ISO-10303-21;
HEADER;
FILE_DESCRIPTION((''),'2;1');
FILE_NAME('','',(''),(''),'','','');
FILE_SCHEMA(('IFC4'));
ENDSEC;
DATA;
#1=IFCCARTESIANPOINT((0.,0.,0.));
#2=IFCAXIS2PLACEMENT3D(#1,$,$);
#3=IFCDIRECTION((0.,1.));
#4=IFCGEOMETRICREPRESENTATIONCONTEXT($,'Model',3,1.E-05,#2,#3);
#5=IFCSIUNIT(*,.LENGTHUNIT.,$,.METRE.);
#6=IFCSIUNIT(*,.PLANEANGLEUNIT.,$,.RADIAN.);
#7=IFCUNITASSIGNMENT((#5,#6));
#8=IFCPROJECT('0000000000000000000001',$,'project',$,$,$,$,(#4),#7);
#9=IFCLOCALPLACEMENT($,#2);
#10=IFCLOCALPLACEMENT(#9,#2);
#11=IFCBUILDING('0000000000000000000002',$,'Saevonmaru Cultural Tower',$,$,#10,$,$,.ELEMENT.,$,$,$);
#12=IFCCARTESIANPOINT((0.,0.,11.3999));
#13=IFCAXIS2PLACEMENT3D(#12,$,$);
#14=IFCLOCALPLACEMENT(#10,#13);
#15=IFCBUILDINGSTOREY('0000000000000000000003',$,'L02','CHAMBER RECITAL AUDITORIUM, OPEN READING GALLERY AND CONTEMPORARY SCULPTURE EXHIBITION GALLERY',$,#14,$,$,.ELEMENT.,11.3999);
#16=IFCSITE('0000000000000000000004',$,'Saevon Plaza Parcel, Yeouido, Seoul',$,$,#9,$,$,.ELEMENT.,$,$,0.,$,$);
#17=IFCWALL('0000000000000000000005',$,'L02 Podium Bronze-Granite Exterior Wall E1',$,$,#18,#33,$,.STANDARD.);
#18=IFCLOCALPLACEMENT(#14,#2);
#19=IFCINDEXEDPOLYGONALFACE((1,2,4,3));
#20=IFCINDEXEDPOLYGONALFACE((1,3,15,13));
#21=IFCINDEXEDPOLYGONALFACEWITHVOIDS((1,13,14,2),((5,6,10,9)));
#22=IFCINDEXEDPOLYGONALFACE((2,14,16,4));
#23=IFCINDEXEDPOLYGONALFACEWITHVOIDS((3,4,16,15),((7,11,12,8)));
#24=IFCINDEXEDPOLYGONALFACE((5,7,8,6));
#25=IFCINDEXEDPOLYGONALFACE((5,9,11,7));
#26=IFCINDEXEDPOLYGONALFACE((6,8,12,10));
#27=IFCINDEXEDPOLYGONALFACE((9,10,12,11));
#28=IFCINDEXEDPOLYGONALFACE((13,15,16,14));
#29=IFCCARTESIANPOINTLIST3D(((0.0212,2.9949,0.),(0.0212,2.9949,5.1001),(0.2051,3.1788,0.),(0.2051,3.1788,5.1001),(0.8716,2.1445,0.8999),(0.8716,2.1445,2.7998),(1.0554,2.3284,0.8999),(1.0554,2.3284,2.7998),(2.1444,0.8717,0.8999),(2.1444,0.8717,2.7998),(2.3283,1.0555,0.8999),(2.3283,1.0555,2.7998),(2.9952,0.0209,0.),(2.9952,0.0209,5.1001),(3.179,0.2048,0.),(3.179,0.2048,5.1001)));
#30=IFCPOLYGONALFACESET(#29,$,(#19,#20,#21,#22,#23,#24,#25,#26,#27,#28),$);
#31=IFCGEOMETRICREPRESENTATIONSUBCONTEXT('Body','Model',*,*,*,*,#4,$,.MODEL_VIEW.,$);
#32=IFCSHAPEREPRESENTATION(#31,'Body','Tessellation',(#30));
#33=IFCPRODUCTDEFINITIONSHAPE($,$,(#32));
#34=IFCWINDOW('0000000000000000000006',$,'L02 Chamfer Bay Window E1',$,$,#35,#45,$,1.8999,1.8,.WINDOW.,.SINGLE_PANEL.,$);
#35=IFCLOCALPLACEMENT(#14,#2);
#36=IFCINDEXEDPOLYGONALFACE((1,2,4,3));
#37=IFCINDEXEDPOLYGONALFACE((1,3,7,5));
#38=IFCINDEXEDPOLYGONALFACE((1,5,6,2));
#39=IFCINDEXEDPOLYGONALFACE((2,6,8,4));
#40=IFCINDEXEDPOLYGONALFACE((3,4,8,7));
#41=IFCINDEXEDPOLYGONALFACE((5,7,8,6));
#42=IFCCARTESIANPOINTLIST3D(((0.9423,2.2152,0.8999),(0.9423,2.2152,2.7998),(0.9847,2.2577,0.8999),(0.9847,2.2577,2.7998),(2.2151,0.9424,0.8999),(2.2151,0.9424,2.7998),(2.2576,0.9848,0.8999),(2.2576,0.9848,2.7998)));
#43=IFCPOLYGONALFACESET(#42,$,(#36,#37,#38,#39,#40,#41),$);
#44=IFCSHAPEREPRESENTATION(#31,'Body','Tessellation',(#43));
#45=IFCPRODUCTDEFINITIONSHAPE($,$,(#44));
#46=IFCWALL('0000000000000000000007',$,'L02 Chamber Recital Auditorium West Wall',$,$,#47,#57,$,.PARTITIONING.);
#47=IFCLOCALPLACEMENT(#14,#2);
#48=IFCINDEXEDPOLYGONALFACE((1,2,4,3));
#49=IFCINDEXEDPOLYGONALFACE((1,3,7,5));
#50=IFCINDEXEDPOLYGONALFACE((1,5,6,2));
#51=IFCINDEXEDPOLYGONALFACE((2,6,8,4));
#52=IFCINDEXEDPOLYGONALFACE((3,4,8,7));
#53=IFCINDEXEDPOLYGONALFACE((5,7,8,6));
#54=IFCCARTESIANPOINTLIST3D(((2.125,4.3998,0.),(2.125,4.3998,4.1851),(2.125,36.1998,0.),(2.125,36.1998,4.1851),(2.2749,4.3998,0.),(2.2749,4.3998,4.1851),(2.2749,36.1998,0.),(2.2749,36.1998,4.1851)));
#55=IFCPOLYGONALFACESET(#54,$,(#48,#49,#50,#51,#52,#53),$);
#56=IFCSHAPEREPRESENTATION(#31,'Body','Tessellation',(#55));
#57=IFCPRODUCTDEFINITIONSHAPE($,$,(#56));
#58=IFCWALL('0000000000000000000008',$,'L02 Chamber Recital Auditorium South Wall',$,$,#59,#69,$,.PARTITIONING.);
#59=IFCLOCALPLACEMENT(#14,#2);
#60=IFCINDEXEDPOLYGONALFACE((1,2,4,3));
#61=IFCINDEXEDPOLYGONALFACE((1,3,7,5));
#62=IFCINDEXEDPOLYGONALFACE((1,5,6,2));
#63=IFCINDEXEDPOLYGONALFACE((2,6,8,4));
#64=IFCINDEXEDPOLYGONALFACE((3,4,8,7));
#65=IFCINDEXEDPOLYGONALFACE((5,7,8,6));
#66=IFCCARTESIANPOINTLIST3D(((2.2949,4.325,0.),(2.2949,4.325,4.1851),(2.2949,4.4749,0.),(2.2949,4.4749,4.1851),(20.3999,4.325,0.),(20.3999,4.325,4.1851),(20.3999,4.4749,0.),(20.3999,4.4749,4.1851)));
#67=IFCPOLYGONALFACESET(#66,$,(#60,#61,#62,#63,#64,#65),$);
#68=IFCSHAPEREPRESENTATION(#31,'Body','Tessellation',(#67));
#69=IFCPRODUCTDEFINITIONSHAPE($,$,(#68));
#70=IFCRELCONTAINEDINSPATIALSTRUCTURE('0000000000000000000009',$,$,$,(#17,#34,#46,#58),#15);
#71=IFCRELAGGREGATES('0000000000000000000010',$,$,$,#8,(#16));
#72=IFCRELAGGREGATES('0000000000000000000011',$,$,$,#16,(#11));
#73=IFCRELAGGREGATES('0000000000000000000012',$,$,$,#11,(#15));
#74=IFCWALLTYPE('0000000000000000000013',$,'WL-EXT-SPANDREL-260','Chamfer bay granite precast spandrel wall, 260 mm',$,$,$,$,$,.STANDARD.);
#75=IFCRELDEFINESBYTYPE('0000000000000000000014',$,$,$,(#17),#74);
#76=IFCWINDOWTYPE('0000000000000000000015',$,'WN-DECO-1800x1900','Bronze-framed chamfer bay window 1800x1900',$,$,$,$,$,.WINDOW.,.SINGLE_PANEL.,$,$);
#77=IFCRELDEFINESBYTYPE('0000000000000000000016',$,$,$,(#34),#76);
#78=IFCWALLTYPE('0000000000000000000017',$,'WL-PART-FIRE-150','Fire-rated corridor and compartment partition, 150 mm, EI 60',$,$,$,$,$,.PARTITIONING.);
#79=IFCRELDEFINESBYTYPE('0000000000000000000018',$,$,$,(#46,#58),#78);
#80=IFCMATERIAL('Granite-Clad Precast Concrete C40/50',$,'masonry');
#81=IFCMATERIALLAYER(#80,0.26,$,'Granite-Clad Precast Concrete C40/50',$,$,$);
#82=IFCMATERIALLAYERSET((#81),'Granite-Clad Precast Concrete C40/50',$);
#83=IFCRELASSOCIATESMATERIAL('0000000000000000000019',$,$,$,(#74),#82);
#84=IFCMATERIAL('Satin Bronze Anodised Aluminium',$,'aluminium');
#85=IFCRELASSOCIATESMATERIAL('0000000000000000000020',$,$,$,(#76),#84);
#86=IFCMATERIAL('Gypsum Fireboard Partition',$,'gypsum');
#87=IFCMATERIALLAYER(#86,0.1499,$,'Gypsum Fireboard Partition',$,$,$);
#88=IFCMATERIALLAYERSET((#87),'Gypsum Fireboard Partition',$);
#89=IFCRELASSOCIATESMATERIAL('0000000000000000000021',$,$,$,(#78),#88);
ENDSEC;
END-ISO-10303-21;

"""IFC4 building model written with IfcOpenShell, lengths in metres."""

from ifc_helpers import new_model, si_unit, direction, frame, frame_2d, origin, place, context, subcontext, project, spatial, rectangle, extrude, material, layer, layer_set, type_object, element, fill, save


model = new_model("IFC4")

# Units and contexts
model_context = context("Model", 3, precision=1e-05, world=origin(), true_north=direction((0.0, 1.0)))
body_context = subcontext(model_context, "Body", "Model", "MODEL_VIEW")
ifc_project = project(units=[si_unit("LENGTHUNIT", "METRE"), si_unit("PLANEANGLEUNIT", "RADIAN")], contexts=[model_context])

# Site, building, storey
site_placement = place(None, origin())
site = spatial("IfcSite", under=ifc_project, at=site_placement, Name="Saevon Plaza Parcel, Yeouido, Seoul", CompositionType="ELEMENT", RefElevation=0.0)
building_placement = place(site_placement, origin())
building = spatial("IfcBuilding", under=site, at=building_placement, Name="Saevonmaru Cultural Tower", CompositionType="ELEMENT")
storey_placement = place(building_placement, frame((0.0, 0.0, 11.3999)))
storey = spatial("IfcBuildingStorey", under=building, at=storey_placement, Name="L02", Description="CHAMBER RECITAL AUDITORIUM, OPEN READING GALLERY AND CONTEMPORARY SCULPTURE EXHIBITION GALLERY", CompositionType="ELEMENT", Elevation=11.3999)

# Shared definitions
ifc_material_1 = material(Name="Satin Bronze Anodised Aluminium", Category="aluminium")

# Wall, opening, window
ifc_material_2 = material(Name="Granite-Clad Precast Concrete C40/50", Category="masonry")
ifc_layer_1 = layer(ifc_material_2, 0.26, Name="Granite-Clad Precast Concrete C40/50")
ifc_layer_set_1 = layer_set([ifc_layer_1], Name="Granite-Clad Precast Concrete C40/50")
wall_type_1 = type_object("IfcWallType", Name="WL-EXT-SPANDREL-260", Description="Chamfer bay granite precast spandrel wall, 260 mm", PredefinedType="STANDARD", material=ifc_layer_set_1)
wall_1_placement = place(storey_placement, frame((0.113, 3.0869, 0.0), z_axis=(0.0, 0.0, 1.0), x_axis=(0.707107, -0.707107, 0.0)))
wall_1 = element("IfcWall", 1, at=wall_1_placement, inside=storey, type_object=wall_type_1, Name="L02 Podium Bronze-Granite Exterior Wall E1", PredefinedType="STANDARD", context=body_context, shape_type="SweptSolid", body=[
    extrude(rectangle(XDim=4.2058, YDim=0.26, at=frame_2d((2.103, 0.0))), origin(), (0.0, 0.0, 1.0), 5.1001),
])
opening_placement = place(wall_1_placement, frame((1.2029, 0.0, 0.8999)))
opening = element("IfcOpeningElement", 2, at=opening_placement, cuts=wall_1, PredefinedType="OPENING", context=body_context, shape_type="SweptSolid", body=[
    extrude(rectangle(XDim=1.8, YDim=1.8999, at=frame_2d((0.8999, 0.95))), frame((0.0, 0.1401, 0.0), z_axis=(0.0, -1.0, 0.0), x_axis=(1.0, 0.0, 0.0)), (0.0, 0.0, 1.0), 0.28),
])
window_type = type_object("IfcWindowType", Name="WN-DECO-1800x1900", Description="Bronze-framed chamfer bay window 1800x1900", PartitioningType="SINGLE_PANEL", PredefinedType="WINDOW", material=ifc_material_1)
window_placement = place(opening_placement, origin())
window = element("IfcWindow", 3, at=window_placement, inside=storey, type_object=window_type, Name="L02 Chamfer Bay Window E1", OverallHeight=1.8999, OverallWidth=1.8, PartitioningType="SINGLE_PANEL", PredefinedType="WINDOW", context=body_context, shape_type="SweptSolid", body=[
    extrude(rectangle(XDim=1.8, YDim=1.8999, at=frame_2d((0.8999, 0.95))), frame((0.0, 0.03, 0.0), z_axis=(0.0, -1.0, 0.0), x_axis=(1.0, 0.0, 0.0)), (0.0, 0.0, 1.0), 0.0601),
])
fill(opening, window)

# Walls
ifc_material_3 = material(Name="Gypsum Fireboard Partition", Category="gypsum")
ifc_layer_2 = layer(ifc_material_3, 0.1499, Name="Gypsum Fireboard Partition")
ifc_layer_set_2 = layer_set([ifc_layer_2], Name="Gypsum Fireboard Partition")
wall_type_2 = type_object("IfcWallType", Name="WL-PART-FIRE-150", Description="Fire-rated corridor and compartment partition, 150 mm, EI 60", PredefinedType="PARTITIONING", material=ifc_layer_set_2)
wall_2_placement = place(storey_placement, frame((2.2, 4.3999, 0.0), z_axis=(0.0, 0.0, 1.0), x_axis=(0.0, 1.0, 0.0)))
element("IfcWall", 4, at=wall_2_placement, inside=storey, type_object=wall_type_2, Name="L02 Chamber Recital Auditorium West Wall", PredefinedType="PARTITIONING", context=body_context, shape_type="SweptSolid", body=[
    extrude(rectangle(XDim=31.8, YDim=0.1499, at=frame_2d((15.8999, 0.0))), origin(), (0.0, 0.0, 1.0), 4.1851),
])
wall_3_placement = place(storey_placement, frame((2.2949, 4.3999, 0.0), z_axis=(0.0, 0.0, 1.0), x_axis=(1.0, 0.0, 0.0)))
element("IfcWall", 5, at=wall_3_placement, inside=storey, type_object=wall_type_2, Name="L02 Chamber Recital Auditorium South Wall", PredefinedType="PARTITIONING", context=body_context, shape_type="SweptSolid", body=[
    extrude(rectangle(XDim=18.105, YDim=0.1499, at=frame_2d((9.0525, 0.0))), origin(), (0.0, 0.0, 1.0), 4.1851),
])

save(model, "model.ifc")
